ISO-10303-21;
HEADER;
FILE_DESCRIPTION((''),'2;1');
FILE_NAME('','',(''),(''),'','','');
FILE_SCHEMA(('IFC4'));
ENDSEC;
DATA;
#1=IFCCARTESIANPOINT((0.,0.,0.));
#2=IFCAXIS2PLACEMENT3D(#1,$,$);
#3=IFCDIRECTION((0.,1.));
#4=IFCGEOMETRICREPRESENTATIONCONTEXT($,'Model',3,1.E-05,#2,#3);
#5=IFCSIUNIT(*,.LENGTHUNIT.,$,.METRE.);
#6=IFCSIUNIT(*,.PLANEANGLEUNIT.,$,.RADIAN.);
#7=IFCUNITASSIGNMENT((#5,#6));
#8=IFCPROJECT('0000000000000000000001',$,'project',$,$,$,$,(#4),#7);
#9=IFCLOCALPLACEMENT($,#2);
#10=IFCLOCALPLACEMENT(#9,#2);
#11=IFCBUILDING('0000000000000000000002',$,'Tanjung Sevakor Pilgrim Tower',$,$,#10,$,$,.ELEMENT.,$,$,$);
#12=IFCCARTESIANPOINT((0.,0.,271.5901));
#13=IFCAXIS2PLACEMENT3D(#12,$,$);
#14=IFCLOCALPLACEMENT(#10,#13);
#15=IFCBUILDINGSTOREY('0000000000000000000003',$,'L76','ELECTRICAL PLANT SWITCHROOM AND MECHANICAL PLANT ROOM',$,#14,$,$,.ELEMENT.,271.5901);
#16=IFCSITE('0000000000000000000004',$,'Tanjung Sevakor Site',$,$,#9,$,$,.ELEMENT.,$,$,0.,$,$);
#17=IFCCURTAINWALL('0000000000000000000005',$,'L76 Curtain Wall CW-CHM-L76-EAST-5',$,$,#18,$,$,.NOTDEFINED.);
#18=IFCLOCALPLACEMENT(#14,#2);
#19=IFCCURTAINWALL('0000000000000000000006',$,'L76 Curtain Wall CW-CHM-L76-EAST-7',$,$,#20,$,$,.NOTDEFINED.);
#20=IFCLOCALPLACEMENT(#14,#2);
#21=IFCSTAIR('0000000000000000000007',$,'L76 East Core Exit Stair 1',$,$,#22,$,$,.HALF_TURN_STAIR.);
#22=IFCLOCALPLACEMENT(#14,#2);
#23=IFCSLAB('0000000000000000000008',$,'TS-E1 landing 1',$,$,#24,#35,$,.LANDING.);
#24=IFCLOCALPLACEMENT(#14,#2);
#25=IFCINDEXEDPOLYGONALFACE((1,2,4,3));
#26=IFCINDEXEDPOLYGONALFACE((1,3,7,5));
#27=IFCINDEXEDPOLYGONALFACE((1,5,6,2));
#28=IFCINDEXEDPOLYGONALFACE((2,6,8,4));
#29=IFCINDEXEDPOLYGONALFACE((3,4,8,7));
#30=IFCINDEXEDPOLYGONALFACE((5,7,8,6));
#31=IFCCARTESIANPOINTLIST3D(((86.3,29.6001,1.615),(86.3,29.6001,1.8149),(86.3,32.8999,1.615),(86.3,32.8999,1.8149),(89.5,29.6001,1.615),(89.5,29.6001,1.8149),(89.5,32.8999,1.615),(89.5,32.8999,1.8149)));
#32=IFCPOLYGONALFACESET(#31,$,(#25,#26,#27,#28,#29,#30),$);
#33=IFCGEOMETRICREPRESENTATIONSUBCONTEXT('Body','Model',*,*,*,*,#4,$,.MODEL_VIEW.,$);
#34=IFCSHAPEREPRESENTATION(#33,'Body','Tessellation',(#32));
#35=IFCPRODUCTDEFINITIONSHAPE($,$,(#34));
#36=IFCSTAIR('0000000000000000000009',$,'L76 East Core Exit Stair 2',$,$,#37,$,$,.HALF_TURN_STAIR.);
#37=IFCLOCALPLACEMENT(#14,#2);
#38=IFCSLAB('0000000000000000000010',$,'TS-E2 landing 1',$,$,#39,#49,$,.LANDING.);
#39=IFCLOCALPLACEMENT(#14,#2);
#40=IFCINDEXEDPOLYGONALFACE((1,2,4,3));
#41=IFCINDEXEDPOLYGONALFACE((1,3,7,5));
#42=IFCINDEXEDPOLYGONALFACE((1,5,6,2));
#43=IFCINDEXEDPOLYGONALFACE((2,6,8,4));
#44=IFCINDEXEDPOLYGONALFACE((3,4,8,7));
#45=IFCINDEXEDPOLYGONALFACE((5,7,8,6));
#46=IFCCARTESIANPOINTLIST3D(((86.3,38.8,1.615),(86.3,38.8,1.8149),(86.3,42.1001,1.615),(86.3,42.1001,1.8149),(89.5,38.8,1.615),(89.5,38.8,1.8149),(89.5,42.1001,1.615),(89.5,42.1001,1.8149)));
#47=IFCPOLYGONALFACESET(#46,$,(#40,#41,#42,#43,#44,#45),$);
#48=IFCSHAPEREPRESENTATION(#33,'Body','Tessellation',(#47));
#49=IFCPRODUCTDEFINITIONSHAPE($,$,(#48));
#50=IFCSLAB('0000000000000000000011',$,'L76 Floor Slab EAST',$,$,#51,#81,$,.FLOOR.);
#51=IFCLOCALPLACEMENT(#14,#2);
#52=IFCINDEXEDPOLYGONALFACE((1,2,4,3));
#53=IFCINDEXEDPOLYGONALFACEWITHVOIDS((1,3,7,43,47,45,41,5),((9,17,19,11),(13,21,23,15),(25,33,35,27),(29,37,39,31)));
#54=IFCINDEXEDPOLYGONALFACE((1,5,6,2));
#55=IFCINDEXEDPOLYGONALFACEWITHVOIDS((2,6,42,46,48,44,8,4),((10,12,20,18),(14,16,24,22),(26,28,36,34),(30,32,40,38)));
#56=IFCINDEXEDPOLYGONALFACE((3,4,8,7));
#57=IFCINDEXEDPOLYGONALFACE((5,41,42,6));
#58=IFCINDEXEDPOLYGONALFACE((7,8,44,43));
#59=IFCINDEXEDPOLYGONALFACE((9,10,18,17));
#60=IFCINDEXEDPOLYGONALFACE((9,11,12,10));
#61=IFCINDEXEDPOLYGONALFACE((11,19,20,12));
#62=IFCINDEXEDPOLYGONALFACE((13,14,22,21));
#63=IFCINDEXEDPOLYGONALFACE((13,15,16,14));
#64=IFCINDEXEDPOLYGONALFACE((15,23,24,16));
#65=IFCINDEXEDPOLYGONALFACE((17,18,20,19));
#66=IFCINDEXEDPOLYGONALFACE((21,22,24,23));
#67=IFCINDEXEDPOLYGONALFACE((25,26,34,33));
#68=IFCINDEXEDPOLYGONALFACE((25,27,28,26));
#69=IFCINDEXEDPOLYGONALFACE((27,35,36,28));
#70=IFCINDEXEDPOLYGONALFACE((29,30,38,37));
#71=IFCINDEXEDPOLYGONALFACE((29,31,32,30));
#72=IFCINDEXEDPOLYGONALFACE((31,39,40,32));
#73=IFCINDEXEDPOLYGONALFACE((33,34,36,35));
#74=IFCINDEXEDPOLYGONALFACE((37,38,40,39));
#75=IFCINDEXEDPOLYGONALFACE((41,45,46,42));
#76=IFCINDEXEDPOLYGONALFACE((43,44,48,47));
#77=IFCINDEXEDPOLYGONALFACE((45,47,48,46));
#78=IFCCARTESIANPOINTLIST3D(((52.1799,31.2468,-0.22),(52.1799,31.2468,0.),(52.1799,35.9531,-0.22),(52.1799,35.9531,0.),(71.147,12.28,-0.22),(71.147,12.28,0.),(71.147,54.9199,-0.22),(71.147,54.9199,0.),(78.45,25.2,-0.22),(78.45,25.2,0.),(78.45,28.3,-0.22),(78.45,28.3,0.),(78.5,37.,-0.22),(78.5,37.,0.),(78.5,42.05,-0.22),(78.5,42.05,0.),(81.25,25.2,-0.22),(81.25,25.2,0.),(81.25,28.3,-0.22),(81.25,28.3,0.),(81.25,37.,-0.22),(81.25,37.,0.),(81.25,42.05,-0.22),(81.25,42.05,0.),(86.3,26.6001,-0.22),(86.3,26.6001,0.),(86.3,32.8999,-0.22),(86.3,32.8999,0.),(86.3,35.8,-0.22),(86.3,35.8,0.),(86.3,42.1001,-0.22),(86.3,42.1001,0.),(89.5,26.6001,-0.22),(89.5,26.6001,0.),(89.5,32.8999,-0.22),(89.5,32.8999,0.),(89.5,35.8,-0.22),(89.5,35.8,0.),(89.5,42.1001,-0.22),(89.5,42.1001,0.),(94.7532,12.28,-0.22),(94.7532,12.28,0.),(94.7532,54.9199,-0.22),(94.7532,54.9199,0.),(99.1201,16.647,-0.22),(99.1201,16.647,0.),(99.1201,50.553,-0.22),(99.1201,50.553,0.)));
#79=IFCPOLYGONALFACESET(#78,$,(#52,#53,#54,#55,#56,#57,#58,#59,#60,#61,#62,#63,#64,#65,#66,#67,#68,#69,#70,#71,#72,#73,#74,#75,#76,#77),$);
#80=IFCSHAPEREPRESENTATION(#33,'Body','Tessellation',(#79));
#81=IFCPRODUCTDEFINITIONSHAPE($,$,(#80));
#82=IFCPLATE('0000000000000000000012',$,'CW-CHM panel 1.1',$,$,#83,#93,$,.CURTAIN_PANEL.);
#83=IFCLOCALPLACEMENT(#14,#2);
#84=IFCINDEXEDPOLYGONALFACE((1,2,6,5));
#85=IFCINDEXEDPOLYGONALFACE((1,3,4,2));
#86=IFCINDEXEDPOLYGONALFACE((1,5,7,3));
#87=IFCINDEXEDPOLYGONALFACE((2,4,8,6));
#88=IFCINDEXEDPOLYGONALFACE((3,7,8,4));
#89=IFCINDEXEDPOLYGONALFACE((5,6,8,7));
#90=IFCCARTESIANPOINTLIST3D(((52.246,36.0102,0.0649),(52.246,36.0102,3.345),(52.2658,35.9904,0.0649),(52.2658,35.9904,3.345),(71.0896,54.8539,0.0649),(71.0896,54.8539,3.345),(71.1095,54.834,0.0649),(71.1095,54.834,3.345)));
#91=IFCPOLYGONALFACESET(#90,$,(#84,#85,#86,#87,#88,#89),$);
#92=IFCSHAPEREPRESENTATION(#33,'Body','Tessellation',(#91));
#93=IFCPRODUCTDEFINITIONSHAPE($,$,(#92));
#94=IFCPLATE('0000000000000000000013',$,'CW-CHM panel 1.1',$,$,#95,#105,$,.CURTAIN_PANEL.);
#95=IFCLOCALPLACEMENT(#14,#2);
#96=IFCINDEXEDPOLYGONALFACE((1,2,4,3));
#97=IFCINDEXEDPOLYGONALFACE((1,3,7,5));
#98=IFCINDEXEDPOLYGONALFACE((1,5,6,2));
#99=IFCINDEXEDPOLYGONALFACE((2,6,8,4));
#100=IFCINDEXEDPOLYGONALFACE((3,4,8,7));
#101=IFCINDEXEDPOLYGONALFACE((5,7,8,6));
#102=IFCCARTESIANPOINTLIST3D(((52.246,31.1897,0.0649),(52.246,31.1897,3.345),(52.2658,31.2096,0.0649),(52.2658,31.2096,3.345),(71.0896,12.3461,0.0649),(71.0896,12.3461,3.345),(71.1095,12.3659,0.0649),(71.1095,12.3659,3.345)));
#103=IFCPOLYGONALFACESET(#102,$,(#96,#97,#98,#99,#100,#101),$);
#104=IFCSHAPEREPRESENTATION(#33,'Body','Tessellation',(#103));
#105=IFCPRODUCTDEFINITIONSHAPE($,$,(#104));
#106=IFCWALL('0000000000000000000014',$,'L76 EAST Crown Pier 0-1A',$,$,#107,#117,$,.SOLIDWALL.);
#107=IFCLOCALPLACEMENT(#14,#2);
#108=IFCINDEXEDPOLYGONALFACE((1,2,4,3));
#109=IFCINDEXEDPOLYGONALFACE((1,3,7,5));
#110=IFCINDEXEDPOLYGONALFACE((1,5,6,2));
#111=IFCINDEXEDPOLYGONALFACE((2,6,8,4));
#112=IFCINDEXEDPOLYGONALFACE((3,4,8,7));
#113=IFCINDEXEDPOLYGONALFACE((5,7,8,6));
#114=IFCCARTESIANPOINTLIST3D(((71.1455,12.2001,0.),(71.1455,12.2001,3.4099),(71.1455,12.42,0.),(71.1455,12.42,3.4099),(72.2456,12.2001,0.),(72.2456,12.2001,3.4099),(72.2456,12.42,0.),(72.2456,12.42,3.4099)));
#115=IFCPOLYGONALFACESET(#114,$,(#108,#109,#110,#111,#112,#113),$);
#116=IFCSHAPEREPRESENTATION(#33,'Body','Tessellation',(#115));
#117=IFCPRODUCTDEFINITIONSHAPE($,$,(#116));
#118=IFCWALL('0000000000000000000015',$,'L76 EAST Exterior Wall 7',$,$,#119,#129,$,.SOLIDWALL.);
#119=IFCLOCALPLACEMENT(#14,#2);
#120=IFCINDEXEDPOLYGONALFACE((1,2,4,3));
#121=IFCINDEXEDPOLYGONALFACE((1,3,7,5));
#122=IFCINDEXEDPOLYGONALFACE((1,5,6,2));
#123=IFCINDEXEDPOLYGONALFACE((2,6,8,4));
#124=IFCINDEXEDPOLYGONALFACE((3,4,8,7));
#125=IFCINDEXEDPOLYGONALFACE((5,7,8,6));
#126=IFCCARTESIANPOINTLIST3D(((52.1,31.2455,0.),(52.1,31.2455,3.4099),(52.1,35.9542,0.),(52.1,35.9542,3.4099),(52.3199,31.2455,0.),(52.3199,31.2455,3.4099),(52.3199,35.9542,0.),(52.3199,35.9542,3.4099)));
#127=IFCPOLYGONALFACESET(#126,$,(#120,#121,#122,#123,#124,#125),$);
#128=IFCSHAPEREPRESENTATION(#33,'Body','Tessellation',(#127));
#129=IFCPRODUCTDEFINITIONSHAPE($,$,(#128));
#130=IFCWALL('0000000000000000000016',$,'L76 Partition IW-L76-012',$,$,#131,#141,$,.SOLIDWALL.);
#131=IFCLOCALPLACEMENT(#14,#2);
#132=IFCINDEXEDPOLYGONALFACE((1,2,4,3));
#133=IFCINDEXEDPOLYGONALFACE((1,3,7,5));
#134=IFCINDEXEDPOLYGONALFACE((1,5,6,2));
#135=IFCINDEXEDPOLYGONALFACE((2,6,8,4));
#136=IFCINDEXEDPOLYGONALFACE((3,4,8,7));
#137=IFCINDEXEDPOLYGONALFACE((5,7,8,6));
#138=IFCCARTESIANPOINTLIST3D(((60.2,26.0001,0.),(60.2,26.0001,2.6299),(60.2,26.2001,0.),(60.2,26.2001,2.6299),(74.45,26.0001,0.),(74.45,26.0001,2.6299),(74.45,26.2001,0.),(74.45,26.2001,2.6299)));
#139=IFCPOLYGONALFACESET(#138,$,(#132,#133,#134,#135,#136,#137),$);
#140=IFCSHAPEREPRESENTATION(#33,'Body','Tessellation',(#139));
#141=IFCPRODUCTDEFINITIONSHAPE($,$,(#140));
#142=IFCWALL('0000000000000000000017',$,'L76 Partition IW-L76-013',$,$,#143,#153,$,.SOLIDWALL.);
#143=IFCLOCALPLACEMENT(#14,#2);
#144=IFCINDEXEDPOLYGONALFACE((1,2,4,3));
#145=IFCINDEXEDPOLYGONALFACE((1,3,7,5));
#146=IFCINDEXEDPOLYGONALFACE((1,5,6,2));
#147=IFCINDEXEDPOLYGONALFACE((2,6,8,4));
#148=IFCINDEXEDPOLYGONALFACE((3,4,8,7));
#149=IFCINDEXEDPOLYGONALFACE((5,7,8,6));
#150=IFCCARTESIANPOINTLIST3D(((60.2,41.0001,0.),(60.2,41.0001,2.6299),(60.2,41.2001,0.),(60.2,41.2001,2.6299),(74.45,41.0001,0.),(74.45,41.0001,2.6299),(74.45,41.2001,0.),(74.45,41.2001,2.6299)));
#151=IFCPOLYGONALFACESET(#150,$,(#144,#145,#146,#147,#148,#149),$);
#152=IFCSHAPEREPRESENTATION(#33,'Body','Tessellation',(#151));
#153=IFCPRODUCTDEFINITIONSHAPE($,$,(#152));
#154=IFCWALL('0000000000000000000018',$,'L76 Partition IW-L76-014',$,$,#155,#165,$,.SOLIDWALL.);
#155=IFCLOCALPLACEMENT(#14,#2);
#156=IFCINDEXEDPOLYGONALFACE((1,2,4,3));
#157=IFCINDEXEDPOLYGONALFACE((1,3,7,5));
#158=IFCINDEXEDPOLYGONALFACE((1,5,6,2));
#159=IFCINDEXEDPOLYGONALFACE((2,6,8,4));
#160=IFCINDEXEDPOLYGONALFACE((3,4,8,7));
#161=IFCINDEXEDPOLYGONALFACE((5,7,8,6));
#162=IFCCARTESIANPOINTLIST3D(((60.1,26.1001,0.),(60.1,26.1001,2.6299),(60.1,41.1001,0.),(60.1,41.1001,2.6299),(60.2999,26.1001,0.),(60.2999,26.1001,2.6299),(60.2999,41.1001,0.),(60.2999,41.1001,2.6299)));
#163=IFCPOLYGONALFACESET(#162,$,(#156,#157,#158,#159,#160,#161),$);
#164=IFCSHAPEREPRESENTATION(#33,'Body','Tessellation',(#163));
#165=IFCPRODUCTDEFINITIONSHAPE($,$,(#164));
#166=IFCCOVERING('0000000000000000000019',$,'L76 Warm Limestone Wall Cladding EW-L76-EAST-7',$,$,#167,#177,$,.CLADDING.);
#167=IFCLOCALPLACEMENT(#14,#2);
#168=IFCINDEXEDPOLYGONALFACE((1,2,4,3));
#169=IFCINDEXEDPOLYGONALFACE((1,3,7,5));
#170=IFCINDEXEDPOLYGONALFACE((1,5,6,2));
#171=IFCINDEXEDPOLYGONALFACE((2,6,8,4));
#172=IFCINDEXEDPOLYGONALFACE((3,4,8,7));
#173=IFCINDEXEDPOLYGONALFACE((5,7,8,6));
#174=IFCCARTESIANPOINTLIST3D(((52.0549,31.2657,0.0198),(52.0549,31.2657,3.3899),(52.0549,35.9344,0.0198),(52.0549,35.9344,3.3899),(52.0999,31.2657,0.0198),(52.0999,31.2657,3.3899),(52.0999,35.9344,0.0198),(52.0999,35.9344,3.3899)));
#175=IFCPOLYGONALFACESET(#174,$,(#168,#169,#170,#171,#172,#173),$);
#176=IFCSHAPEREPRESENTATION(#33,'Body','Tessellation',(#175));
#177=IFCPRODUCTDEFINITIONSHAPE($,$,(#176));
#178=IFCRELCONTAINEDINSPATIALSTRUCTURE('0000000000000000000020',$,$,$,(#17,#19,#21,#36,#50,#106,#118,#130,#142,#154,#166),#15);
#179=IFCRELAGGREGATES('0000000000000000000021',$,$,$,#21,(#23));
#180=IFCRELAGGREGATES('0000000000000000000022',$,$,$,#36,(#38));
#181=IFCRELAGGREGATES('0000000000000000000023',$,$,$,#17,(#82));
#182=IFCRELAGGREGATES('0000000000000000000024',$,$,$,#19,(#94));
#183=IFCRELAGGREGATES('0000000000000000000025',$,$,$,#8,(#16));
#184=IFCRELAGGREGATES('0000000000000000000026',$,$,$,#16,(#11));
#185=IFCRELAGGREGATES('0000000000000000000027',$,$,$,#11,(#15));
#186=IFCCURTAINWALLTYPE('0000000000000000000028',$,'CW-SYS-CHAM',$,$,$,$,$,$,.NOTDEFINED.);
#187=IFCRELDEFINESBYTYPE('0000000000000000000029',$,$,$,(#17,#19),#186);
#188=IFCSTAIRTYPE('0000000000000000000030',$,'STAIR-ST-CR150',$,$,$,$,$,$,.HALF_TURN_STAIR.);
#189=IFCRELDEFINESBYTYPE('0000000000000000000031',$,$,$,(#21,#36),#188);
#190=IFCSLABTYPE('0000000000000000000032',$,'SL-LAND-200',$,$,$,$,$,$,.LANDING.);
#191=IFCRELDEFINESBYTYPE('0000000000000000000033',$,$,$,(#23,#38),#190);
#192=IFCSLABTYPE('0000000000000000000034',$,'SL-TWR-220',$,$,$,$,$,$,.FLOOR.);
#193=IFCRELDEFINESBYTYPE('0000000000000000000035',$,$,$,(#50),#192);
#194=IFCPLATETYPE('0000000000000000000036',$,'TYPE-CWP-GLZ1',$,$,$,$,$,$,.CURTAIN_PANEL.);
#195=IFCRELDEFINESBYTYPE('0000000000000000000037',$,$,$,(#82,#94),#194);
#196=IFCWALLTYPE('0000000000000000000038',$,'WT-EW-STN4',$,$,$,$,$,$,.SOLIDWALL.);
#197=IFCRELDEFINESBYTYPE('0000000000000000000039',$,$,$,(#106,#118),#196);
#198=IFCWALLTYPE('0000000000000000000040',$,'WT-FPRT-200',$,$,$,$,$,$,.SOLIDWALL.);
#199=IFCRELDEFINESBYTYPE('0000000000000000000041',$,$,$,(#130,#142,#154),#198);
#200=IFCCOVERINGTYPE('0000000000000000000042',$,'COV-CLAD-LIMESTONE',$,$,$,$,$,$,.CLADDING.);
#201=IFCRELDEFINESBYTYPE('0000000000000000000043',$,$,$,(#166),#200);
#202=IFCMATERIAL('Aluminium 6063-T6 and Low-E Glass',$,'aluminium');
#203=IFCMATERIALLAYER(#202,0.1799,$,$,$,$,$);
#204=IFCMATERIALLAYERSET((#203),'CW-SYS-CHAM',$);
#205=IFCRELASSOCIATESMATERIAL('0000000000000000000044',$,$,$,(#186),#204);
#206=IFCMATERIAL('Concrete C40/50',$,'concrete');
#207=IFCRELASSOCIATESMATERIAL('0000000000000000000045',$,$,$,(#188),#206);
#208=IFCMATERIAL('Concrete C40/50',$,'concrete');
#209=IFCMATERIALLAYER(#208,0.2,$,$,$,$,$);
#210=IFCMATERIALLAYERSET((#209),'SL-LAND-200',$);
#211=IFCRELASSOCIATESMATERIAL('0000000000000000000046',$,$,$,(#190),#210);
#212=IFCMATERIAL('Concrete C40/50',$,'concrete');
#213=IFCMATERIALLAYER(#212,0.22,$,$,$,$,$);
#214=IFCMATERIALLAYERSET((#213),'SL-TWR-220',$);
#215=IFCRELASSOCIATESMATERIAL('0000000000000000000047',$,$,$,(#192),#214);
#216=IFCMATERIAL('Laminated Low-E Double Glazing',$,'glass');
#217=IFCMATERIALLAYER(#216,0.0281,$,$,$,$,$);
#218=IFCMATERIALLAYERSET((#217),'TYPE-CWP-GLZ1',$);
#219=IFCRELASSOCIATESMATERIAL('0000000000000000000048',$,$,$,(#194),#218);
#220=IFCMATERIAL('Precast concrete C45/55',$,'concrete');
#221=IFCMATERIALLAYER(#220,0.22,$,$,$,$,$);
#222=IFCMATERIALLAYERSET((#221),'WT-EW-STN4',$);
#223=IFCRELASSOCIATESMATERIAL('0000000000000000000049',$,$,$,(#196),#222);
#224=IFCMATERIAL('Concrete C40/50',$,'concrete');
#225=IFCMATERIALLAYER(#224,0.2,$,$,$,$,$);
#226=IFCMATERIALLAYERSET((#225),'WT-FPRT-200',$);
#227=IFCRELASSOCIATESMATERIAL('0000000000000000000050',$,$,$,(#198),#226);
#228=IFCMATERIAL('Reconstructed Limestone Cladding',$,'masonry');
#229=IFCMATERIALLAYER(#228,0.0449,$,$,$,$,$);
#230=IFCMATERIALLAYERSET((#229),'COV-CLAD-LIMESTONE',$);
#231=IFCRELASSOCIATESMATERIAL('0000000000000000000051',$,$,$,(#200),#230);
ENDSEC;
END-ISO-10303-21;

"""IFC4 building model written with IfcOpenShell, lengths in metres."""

from ifc_helpers import new_model, si_unit, direction, frame, frame_2d, origin, origin_2d, place, context, subcontext, project, spatial, polyline, rectangle, outline, extrude, material, layer, layer_set, type_object, element, aggregate, save


model = new_model("IFC4")

# Units and contexts
model_context = context("Model", 3, precision=1e-05, world=origin(), true_north=direction((0.0, 1.0)))
body_context = subcontext(model_context, "Body", "Model", "MODEL_VIEW")
ifc_project = project(units=[si_unit("LENGTHUNIT", "METRE"), si_unit("PLANEANGLEUNIT", "RADIAN")], contexts=[model_context])

# Site, building, storey
site_placement = place(None, origin())
site = spatial("IfcSite", under=ifc_project, at=site_placement, Name="Tanjung Sevakor Site", CompositionType="ELEMENT", RefElevation=0.0)
building_placement = place(site_placement, origin())
building = spatial("IfcBuilding", under=site, at=building_placement, Name="Tanjung Sevakor Pilgrim Tower", CompositionType="ELEMENT")
storey_placement = place(building_placement, frame((0.0, 0.0, 271.5901)))
storey = spatial("IfcBuildingStorey", under=building, at=storey_placement, Name="L76", Description="ELECTRICAL PLANT SWITCHROOM AND MECHANICAL PLANT ROOM", CompositionType="ELEMENT", Elevation=271.5901)

# Curtain walls
ifc_material_1 = material(Name="Aluminium 6063-T6 and Low-E Glass", Category="aluminium")
ifc_layer_1 = layer(ifc_material_1, 0.1799)
ifc_layer_set_1 = layer_set([ifc_layer_1], Name="CW-SYS-CHAM")
curtain_wall_type = type_object("IfcCurtainWallType", Name="CW-SYS-CHAM", PredefinedType="NOTDEFINED", material=ifc_layer_set_1)
curtain_wall_1_placement = place(storey_placement, origin())
curtain_wall_1 = element("IfcCurtainWall", 1, at=curtain_wall_1_placement, inside=storey, type_object=curtain_wall_type, Name="L76 Curtain Wall CW-CHM-L76-EAST-5", PredefinedType="NOTDEFINED")
curtain_wall_2_placement = place(storey_placement, origin())
curtain_wall_2 = element("IfcCurtainWall", 2, at=curtain_wall_2_placement, inside=storey, type_object=curtain_wall_type, Name="L76 Curtain Wall CW-CHM-L76-EAST-7", PredefinedType="NOTDEFINED")

# Stairs, slabs
ifc_material_2 = material(Name="Concrete C40/50", Category="concrete")
stair_type = type_object("IfcStairType", Name="STAIR-ST-CR150", PredefinedType="HALF_TURN_STAIR", material=ifc_material_2)
stair_1_placement = place(storey_placement, origin())
stair_1 = element("IfcStair", 3, at=stair_1_placement, inside=storey, type_object=stair_type, Name="L76 East Core Exit Stair 1", PredefinedType="HALF_TURN_STAIR")
ifc_material_3 = material(Name="Concrete C40/50", Category="concrete")
ifc_layer_2 = layer(ifc_material_3, 0.2)
ifc_layer_set_2 = layer_set([ifc_layer_2], Name="SL-LAND-200")
slab_type_1 = type_object("IfcSlabType", Name="SL-LAND-200", PredefinedType="LANDING", material=ifc_layer_set_2)
slab_1_placement = place(storey_placement, frame((0.0, 0.0, 1.615)))
slab_1 = element("IfcSlab", 4, at=slab_1_placement, type_object=slab_type_1, Name="TS-E1 landing 1", PredefinedType="LANDING", context=body_context, shape_type="SweptSolid", body=[
    extrude(outline(polyline([(89.5, 29.6001), (89.5, 32.8999), (86.3, 32.8999), (86.3, 29.6001), (89.5, 29.6001)])), origin(), (0.0, 0.0, 1.0), 0.2),
])
aggregate(stair_1, [slab_1])
stair_2_placement = place(storey_placement, origin())
stair_2 = element("IfcStair", 5, at=stair_2_placement, inside=storey, type_object=stair_type, Name="L76 East Core Exit Stair 2", PredefinedType="HALF_TURN_STAIR")
slab_2_placement = place(storey_placement, frame((0.0, 0.0, 1.615)))
slab_2 = element("IfcSlab", 6, at=slab_2_placement, type_object=slab_type_1, Name="TS-E2 landing 1", PredefinedType="LANDING", context=body_context, shape_type="SweptSolid", body=[
    extrude(outline(polyline([(89.5, 38.8), (89.5, 42.1001), (86.3, 42.1001), (86.3, 38.8), (89.5, 38.8)])), origin(), (0.0, 0.0, 1.0), 0.2),
])
aggregate(stair_2, [slab_2])

# Slab
ifc_material_4 = material(Name="Concrete C40/50", Category="concrete")
ifc_layer_3 = layer(ifc_material_4, 0.22)
ifc_layer_set_3 = layer_set([ifc_layer_3], Name="SL-TWR-220")
slab_type_2 = type_object("IfcSlabType", Name="SL-TWR-220", PredefinedType="FLOOR", material=ifc_layer_set_3)
slab_3_placement = place(storey_placement, frame((0.0, 0.0, -0.22)))
element("IfcSlab", 7, at=slab_3_placement, inside=storey, type_object=slab_type_2, Name="L76 Floor Slab EAST", PredefinedType="FLOOR", context=body_context, shape_type="SweptSolid", body=[
    extrude(outline(polyline([(71.147, 12.28), (94.7532, 12.28), (99.1201, 16.647), (99.1201, 50.553), (94.7532, 54.9199), (71.147, 54.9199), (52.1799, 35.9531), (52.1799, 31.2468), (71.147, 12.28)]), holes=[polyline([(89.5, 26.6001), (89.5, 32.8999), (86.3, 32.8999), (86.3, 26.6001), (89.5, 26.6001)]), polyline([(89.5, 35.8), (89.5, 42.1001), (86.3, 42.1001), (86.3, 35.8), (89.5, 35.8)]), polyline([(78.45, 25.2), (81.25, 25.2), (81.25, 28.3), (78.45, 28.3), (78.45, 25.2)]), polyline([(78.5, 37.0), (81.25, 37.0), (81.25, 42.05), (78.5, 42.05), (78.5, 37.0)])]), origin(), (0.0, 0.0, 1.0), 0.22),
])

# Plates
ifc_material_5 = material(Name="Laminated Low-E Double Glazing", Category="glass")
ifc_layer_4 = layer(ifc_material_5, 0.0281)
ifc_layer_set_4 = layer_set([ifc_layer_4], Name="TYPE-CWP-GLZ1")
plate_type = type_object("IfcPlateType", Name="TYPE-CWP-GLZ1", PredefinedType="CURTAIN_PANEL", material=ifc_layer_set_4)
plate_1_placement = place(storey_placement, frame((61.6777, 45.4221, 0.0649), z_axis=(0.0, 0.0, 1.0), x_axis=(-0.707107, -0.707107, 0.0)))
plate_1 = element("IfcPlate", 8, at=plate_1_placement, type_object=plate_type, Name="CW-CHM panel 1.1", PredefinedType="CURTAIN_PANEL", context=body_context, shape_type="SweptSolid", body=[
    extrude(rectangle(XDim=26.6489, YDim=0.0281, at=origin_2d()), origin(), (0.0, 0.0, 1.0), 3.28),
])
aggregate(curtain_wall_1, [plate_1])
plate_2_placement = place(storey_placement, frame((61.6777, 21.7778, 0.0649), z_axis=(0.0, 0.0, 1.0), x_axis=(0.707107, -0.707107, 0.0)))
plate_2 = element("IfcPlate", 9, at=plate_2_placement, type_object=plate_type, Name="CW-CHM panel 1.1", PredefinedType="CURTAIN_PANEL", context=body_context, shape_type="SweptSolid", body=[
    extrude(rectangle(XDim=26.6489, YDim=0.0281, at=origin_2d()), origin(), (0.0, 0.0, 1.0), 3.28),
])
aggregate(curtain_wall_2, [plate_2])

# Walls
ifc_material_6 = material(Name="Precast concrete C45/55", Category="concrete")
ifc_layer_5 = layer(ifc_material_6, 0.22)
ifc_layer_set_5 = layer_set([ifc_layer_5], Name="WT-EW-STN4")
wall_type_1 = type_object("IfcWallType", Name="WT-EW-STN4", PredefinedType="SOLIDWALL", material=ifc_layer_set_5)
wall_1_placement = place(storey_placement, frame((71.1455, 12.3101, 0.0), z_axis=(0.0, 0.0, 1.0), x_axis=(1.0, 0.0, 0.0)))
element("IfcWall", 10, at=wall_1_placement, inside=storey, type_object=wall_type_1, Name="L76 EAST Crown Pier 0-1A", PredefinedType="SOLIDWALL", context=body_context, shape_type="SweptSolid", body=[
    extrude(rectangle(XDim=1.1001, YDim=0.22, at=frame_2d((0.55, 0.0))), origin(), (0.0, 0.0, 1.0), 3.4099),
])
wall_2_placement = place(storey_placement, frame((52.21, 35.9543, 0.0), z_axis=(0.0, 0.0, 1.0), x_axis=(0.0, -1.0, 0.0)))
element("IfcWall", 11, at=wall_2_placement, inside=storey, type_object=wall_type_1, Name="L76 EAST Exterior Wall 7", PredefinedType="SOLIDWALL", context=body_context, shape_type="SweptSolid", body=[
    extrude(rectangle(XDim=4.7087, YDim=0.22, at=frame_2d((2.3545, 0.0))), origin(), (0.0, 0.0, 1.0), 3.4099),
])
ifc_material_7 = material(Name="Concrete C40/50", Category="concrete")
ifc_layer_6 = layer(ifc_material_7, 0.2)
ifc_layer_set_6 = layer_set([ifc_layer_6], Name="WT-FPRT-200")
wall_type_2 = type_object("IfcWallType", Name="WT-FPRT-200", PredefinedType="SOLIDWALL", material=ifc_layer_set_6)
for number, where, z_axis, x_axis, name in (
    (12, (60.2, 26.1001, 0.0), (0.0, 0.0, 1.0), (1.0, 0.0, 0.0), "L76 Partition IW-L76-012"),
    (13, (60.2, 41.1001, 0.0), (0.0, 0.0, 1.0), (1.0, 0.0, 0.0), "L76 Partition IW-L76-013"),
):
    element("IfcWall", number, at=place(storey_placement, frame(where, z_axis=z_axis, x_axis=x_axis)), inside=storey, type_object=wall_type_2, Name=name, PredefinedType="SOLIDWALL", context=body_context, shape_type="SweptSolid", body=[
        extrude(rectangle(XDim=14.25, YDim=0.2, at=frame_2d((7.125, 0.0))), origin(), (0.0, 0.0, 1.0), 2.6299),
    ])
wall_3_placement = place(storey_placement, frame((60.2, 26.1001, 0.0), z_axis=(0.0, 0.0, 1.0), x_axis=(0.0, 1.0, 0.0)))
element("IfcWall", 14, at=wall_3_placement, inside=storey, type_object=wall_type_2, Name="L76 Partition IW-L76-014", PredefinedType="SOLIDWALL", context=body_context, shape_type="SweptSolid", body=[
    extrude(rectangle(XDim=15.0, YDim=0.2, at=frame_2d((7.5, 0.0))), origin(), (0.0, 0.0, 1.0), 2.6299),
])

# Covering
ifc_material_8 = material(Name="Reconstructed Limestone Cladding", Category="masonry")
ifc_layer_7 = layer(ifc_material_8, 0.0449)
ifc_layer_set_7 = layer_set([ifc_layer_7], Name="COV-CLAD-LIMESTONE")
covering_type = type_object("IfcCoveringType", Name="COV-CLAD-LIMESTONE", PredefinedType="CLADDING", material=ifc_layer_set_7)
covering_placement = place(storey_placement, frame((52.0774, 33.6001, 0.0198), z_axis=(0.0, 0.0, 1.0), x_axis=(0.0, -1.0, 0.0)))
element("IfcCovering", 15, at=covering_placement, inside=storey, type_object=covering_type, Name="L76 Warm Limestone Wall Cladding EW-L76-EAST-7", PredefinedType="CLADDING", context=body_context, shape_type="SweptSolid", body=[
    extrude(rectangle(XDim=4.6687, YDim=0.0449, at=origin_2d()), origin(), (0.0, 0.0, 1.0), 3.3701),
])

save(model, "model.ifc")
